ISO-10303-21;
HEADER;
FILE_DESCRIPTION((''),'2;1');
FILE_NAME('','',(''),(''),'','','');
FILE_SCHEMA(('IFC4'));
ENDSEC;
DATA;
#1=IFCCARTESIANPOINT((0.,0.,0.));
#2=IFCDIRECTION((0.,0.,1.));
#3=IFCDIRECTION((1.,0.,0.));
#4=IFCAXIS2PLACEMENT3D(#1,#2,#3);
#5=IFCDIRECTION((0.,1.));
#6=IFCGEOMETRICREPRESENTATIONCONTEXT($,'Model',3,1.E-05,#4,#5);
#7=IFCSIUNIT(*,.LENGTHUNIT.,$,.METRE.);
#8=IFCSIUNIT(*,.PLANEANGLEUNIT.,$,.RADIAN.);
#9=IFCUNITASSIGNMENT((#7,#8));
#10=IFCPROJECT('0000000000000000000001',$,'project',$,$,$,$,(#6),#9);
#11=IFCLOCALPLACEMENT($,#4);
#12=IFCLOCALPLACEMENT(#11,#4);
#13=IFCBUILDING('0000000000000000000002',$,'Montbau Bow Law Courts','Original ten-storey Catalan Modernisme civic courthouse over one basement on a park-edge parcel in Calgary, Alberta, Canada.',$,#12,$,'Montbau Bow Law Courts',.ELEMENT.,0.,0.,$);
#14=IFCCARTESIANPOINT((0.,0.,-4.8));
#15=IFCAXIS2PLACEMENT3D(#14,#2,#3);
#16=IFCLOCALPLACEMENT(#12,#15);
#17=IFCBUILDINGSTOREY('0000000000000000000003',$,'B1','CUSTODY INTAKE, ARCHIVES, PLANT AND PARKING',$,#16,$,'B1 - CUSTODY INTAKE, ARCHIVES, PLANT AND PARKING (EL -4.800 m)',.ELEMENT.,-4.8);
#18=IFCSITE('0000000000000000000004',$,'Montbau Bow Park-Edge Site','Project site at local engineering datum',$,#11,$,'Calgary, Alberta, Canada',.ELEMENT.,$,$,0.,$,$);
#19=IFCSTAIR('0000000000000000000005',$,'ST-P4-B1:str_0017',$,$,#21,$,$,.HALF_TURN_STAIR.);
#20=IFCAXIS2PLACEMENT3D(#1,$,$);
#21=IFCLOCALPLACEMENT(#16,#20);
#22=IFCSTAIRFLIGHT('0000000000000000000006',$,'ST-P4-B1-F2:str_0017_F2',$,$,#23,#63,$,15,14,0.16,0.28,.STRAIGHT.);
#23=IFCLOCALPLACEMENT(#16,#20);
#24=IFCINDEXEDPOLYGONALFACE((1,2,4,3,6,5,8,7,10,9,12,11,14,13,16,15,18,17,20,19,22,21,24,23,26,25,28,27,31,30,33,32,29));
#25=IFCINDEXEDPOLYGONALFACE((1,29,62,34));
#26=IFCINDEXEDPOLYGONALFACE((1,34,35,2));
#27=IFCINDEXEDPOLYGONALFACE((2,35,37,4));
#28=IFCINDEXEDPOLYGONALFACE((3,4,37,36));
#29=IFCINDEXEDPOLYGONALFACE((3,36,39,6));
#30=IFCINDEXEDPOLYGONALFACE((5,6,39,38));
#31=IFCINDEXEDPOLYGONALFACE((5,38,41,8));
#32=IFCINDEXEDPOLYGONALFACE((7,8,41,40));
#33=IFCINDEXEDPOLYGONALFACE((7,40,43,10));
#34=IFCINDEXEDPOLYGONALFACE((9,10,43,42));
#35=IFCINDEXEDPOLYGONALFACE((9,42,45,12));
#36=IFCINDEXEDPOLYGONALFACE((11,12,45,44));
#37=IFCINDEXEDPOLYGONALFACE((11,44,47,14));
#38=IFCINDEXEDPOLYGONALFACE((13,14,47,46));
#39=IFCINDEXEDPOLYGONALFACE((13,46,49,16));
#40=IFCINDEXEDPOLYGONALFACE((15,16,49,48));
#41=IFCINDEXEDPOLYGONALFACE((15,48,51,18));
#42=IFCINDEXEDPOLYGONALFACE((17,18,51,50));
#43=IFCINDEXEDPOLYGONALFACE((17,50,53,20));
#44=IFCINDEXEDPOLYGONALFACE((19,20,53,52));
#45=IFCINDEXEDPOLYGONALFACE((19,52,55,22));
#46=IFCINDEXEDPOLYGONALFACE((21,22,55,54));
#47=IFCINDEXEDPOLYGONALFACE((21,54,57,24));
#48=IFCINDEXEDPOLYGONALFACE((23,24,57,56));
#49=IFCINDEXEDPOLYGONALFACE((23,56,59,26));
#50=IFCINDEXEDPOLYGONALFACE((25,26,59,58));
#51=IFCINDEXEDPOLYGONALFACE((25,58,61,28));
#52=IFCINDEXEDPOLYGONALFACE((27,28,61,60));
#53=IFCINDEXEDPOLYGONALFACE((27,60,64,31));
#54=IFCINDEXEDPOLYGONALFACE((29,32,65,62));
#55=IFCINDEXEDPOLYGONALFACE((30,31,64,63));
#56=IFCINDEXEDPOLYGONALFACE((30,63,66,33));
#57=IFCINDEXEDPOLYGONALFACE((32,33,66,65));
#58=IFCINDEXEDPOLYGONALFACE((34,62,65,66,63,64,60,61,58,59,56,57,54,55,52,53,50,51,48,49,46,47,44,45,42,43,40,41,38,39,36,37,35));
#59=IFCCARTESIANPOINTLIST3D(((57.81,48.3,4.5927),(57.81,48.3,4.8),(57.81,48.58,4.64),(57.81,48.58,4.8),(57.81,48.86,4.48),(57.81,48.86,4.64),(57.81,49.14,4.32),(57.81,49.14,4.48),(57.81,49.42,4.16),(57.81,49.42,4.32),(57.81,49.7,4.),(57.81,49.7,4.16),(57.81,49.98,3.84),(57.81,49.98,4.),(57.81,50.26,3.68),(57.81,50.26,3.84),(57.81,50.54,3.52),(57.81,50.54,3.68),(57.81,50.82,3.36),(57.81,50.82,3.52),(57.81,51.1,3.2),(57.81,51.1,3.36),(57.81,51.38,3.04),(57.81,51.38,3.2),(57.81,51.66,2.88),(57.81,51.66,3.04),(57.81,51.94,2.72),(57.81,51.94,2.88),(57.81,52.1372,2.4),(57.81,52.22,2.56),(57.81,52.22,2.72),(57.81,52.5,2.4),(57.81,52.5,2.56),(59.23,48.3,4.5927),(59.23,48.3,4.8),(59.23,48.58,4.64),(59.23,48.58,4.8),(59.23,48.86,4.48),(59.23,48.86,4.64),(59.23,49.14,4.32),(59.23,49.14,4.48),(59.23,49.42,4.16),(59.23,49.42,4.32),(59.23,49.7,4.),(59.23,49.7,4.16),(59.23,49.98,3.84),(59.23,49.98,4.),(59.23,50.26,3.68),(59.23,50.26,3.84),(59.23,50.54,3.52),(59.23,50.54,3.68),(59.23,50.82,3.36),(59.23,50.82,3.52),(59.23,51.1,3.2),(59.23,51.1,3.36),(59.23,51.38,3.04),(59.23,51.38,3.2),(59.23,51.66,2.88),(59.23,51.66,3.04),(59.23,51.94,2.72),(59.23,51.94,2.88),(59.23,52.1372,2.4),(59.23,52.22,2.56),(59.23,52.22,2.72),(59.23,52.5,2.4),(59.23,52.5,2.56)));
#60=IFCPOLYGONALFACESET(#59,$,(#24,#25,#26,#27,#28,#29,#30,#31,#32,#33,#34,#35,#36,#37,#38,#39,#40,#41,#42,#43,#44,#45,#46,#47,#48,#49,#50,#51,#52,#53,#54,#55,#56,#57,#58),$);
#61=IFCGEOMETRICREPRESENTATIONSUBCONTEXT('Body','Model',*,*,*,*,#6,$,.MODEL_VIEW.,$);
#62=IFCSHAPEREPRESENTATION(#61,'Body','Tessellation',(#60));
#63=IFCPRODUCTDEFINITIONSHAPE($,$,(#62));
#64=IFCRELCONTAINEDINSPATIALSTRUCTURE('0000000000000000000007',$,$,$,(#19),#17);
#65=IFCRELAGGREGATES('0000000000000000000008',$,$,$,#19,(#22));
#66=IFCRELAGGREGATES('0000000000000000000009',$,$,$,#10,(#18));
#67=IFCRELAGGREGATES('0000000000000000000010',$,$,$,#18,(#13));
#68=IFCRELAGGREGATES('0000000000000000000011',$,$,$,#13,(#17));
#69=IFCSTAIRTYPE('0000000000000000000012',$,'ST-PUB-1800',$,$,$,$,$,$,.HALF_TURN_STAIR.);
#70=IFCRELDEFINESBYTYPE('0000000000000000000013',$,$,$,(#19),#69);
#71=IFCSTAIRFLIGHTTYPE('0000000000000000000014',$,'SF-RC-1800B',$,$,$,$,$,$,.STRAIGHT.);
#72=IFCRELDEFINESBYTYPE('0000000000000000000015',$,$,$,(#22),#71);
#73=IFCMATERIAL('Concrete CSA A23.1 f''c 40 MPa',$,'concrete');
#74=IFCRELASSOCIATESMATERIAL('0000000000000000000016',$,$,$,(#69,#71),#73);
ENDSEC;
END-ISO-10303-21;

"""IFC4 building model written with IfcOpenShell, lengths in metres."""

from ifc_helpers import new_model, si_unit, direction, frame, origin_with_axes, place, context, subcontext, project, spatial, polyline, outline, extrude, material, type_object, element, aggregate, save


model = new_model("IFC4")

# Units and contexts
model_context = context("Model", 3, precision=1e-05, world=origin_with_axes(), true_north=direction((0.0, 1.0)))
body_context = subcontext(model_context, "Body", "Model", "MODEL_VIEW")
ifc_project = project(units=[si_unit("LENGTHUNIT", "METRE"), si_unit("PLANEANGLEUNIT", "RADIAN")], contexts=[model_context])

# Site, building, storey
site_placement = place(None, origin_with_axes())
site = spatial("IfcSite", under=ifc_project, at=site_placement, Name="Montbau Bow Park-Edge Site", Description="Project site at local engineering datum", LongName="Calgary, Alberta, Canada", CompositionType="ELEMENT", RefElevation=0.0)
building_placement = place(site_placement, origin_with_axes())
building = spatial("IfcBuilding", under=site, at=building_placement, Name="Montbau Bow Law Courts", Description="Original ten-storey Catalan Modernisme civic courthouse over one basement on a park-edge parcel in Calgary, Alberta, Canada.", LongName="Montbau Bow Law Courts", CompositionType="ELEMENT", ElevationOfRefHeight=0.0, ElevationOfTerrain=0.0)
storey_placement = place(building_placement, frame((0.0, 0.0, -4.8), z_axis=(0.0, 0.0, 1.0), x_axis=(1.0, 0.0, 0.0)))
storey = spatial("IfcBuildingStorey", under=building, at=storey_placement, Name="B1", Description="CUSTODY INTAKE, ARCHIVES, PLANT AND PARKING", LongName="B1 - CUSTODY INTAKE, ARCHIVES, PLANT AND PARKING (EL -4.800 m)", CompositionType="ELEMENT", Elevation=-4.8)

# Shared definitions
ifc_material_1 = material(Name="Concrete CSA A23.1 f'c 40 MPa", Category="concrete")

# Stair, stair flight
stair_type = type_object("IfcStairType", Name="ST-PUB-1800", PredefinedType="HALF_TURN_STAIR", material=ifc_material_1)
stair_placement = place(None, frame((56.73, 48.3, -4.8), z_axis=(0.0, 0.0, 1.0), x_axis=(1.0, 0.0, 0.0)))
stair = element("IfcStair", 1, at=stair_placement, inside=storey, type_object=stair_type, Name="ST-P4-B1:str_0017", PredefinedType="HALF_TURN_STAIR")
stair_flight_type = type_object("IfcStairFlightType", Name="SF-RC-1800B", PredefinedType="STRAIGHT", material=ifc_material_1)
stair_flight_placement = place(None, frame((58.52, 52.5, -2.4), z_axis=(0.0, 0.0, 1.0), x_axis=(0.0, -1.0, 0.0)))
stair_flight = element("IfcStairFlight", 2, at=stair_flight_placement, type_object=stair_flight_type, Name="ST-P4-B1-F2:str_0017_F2", NumberOfRisers=15, NumberOfTreads=14, PredefinedType="STRAIGHT", RiserHeight=0.16, TreadLength=0.28, context=body_context, shape_type="SweptSolid", body=[
    extrude(outline(polyline([(0.0, 0.0), (0.0, 0.16), (0.28, 0.16), (0.28, 0.32), (0.56, 0.32), (0.56, 0.48), (0.84, 0.48), (0.84, 0.64), (1.12, 0.64), (1.12, 0.8), (1.4, 0.8), (1.4, 0.96), (1.68, 0.96), (1.68, 1.12), (1.96, 1.12), (1.96, 1.28), (2.24, 1.28), (2.24, 1.44), (2.52, 1.44), (2.52, 1.6), (2.8, 1.6), (2.8, 1.76), (3.08, 1.76), (3.08, 1.92), (3.36, 1.92), (3.36, 2.08), (3.64, 2.08), (3.64, 2.24), (3.92, 2.24), (3.92, 2.4), (4.2, 2.4), (4.2, 2.1927), (0.3628, 0.0), (0.0, 0.0)])), frame((0.0, 0.71, 0.0), z_axis=(0.0, -1.0, 0.0), x_axis=(1.0, 0.0, 0.0)), (0.0, 0.0, 1.0), 1.42),
])
aggregate(stair, [stair_flight])

save(model, "model.ifc")
